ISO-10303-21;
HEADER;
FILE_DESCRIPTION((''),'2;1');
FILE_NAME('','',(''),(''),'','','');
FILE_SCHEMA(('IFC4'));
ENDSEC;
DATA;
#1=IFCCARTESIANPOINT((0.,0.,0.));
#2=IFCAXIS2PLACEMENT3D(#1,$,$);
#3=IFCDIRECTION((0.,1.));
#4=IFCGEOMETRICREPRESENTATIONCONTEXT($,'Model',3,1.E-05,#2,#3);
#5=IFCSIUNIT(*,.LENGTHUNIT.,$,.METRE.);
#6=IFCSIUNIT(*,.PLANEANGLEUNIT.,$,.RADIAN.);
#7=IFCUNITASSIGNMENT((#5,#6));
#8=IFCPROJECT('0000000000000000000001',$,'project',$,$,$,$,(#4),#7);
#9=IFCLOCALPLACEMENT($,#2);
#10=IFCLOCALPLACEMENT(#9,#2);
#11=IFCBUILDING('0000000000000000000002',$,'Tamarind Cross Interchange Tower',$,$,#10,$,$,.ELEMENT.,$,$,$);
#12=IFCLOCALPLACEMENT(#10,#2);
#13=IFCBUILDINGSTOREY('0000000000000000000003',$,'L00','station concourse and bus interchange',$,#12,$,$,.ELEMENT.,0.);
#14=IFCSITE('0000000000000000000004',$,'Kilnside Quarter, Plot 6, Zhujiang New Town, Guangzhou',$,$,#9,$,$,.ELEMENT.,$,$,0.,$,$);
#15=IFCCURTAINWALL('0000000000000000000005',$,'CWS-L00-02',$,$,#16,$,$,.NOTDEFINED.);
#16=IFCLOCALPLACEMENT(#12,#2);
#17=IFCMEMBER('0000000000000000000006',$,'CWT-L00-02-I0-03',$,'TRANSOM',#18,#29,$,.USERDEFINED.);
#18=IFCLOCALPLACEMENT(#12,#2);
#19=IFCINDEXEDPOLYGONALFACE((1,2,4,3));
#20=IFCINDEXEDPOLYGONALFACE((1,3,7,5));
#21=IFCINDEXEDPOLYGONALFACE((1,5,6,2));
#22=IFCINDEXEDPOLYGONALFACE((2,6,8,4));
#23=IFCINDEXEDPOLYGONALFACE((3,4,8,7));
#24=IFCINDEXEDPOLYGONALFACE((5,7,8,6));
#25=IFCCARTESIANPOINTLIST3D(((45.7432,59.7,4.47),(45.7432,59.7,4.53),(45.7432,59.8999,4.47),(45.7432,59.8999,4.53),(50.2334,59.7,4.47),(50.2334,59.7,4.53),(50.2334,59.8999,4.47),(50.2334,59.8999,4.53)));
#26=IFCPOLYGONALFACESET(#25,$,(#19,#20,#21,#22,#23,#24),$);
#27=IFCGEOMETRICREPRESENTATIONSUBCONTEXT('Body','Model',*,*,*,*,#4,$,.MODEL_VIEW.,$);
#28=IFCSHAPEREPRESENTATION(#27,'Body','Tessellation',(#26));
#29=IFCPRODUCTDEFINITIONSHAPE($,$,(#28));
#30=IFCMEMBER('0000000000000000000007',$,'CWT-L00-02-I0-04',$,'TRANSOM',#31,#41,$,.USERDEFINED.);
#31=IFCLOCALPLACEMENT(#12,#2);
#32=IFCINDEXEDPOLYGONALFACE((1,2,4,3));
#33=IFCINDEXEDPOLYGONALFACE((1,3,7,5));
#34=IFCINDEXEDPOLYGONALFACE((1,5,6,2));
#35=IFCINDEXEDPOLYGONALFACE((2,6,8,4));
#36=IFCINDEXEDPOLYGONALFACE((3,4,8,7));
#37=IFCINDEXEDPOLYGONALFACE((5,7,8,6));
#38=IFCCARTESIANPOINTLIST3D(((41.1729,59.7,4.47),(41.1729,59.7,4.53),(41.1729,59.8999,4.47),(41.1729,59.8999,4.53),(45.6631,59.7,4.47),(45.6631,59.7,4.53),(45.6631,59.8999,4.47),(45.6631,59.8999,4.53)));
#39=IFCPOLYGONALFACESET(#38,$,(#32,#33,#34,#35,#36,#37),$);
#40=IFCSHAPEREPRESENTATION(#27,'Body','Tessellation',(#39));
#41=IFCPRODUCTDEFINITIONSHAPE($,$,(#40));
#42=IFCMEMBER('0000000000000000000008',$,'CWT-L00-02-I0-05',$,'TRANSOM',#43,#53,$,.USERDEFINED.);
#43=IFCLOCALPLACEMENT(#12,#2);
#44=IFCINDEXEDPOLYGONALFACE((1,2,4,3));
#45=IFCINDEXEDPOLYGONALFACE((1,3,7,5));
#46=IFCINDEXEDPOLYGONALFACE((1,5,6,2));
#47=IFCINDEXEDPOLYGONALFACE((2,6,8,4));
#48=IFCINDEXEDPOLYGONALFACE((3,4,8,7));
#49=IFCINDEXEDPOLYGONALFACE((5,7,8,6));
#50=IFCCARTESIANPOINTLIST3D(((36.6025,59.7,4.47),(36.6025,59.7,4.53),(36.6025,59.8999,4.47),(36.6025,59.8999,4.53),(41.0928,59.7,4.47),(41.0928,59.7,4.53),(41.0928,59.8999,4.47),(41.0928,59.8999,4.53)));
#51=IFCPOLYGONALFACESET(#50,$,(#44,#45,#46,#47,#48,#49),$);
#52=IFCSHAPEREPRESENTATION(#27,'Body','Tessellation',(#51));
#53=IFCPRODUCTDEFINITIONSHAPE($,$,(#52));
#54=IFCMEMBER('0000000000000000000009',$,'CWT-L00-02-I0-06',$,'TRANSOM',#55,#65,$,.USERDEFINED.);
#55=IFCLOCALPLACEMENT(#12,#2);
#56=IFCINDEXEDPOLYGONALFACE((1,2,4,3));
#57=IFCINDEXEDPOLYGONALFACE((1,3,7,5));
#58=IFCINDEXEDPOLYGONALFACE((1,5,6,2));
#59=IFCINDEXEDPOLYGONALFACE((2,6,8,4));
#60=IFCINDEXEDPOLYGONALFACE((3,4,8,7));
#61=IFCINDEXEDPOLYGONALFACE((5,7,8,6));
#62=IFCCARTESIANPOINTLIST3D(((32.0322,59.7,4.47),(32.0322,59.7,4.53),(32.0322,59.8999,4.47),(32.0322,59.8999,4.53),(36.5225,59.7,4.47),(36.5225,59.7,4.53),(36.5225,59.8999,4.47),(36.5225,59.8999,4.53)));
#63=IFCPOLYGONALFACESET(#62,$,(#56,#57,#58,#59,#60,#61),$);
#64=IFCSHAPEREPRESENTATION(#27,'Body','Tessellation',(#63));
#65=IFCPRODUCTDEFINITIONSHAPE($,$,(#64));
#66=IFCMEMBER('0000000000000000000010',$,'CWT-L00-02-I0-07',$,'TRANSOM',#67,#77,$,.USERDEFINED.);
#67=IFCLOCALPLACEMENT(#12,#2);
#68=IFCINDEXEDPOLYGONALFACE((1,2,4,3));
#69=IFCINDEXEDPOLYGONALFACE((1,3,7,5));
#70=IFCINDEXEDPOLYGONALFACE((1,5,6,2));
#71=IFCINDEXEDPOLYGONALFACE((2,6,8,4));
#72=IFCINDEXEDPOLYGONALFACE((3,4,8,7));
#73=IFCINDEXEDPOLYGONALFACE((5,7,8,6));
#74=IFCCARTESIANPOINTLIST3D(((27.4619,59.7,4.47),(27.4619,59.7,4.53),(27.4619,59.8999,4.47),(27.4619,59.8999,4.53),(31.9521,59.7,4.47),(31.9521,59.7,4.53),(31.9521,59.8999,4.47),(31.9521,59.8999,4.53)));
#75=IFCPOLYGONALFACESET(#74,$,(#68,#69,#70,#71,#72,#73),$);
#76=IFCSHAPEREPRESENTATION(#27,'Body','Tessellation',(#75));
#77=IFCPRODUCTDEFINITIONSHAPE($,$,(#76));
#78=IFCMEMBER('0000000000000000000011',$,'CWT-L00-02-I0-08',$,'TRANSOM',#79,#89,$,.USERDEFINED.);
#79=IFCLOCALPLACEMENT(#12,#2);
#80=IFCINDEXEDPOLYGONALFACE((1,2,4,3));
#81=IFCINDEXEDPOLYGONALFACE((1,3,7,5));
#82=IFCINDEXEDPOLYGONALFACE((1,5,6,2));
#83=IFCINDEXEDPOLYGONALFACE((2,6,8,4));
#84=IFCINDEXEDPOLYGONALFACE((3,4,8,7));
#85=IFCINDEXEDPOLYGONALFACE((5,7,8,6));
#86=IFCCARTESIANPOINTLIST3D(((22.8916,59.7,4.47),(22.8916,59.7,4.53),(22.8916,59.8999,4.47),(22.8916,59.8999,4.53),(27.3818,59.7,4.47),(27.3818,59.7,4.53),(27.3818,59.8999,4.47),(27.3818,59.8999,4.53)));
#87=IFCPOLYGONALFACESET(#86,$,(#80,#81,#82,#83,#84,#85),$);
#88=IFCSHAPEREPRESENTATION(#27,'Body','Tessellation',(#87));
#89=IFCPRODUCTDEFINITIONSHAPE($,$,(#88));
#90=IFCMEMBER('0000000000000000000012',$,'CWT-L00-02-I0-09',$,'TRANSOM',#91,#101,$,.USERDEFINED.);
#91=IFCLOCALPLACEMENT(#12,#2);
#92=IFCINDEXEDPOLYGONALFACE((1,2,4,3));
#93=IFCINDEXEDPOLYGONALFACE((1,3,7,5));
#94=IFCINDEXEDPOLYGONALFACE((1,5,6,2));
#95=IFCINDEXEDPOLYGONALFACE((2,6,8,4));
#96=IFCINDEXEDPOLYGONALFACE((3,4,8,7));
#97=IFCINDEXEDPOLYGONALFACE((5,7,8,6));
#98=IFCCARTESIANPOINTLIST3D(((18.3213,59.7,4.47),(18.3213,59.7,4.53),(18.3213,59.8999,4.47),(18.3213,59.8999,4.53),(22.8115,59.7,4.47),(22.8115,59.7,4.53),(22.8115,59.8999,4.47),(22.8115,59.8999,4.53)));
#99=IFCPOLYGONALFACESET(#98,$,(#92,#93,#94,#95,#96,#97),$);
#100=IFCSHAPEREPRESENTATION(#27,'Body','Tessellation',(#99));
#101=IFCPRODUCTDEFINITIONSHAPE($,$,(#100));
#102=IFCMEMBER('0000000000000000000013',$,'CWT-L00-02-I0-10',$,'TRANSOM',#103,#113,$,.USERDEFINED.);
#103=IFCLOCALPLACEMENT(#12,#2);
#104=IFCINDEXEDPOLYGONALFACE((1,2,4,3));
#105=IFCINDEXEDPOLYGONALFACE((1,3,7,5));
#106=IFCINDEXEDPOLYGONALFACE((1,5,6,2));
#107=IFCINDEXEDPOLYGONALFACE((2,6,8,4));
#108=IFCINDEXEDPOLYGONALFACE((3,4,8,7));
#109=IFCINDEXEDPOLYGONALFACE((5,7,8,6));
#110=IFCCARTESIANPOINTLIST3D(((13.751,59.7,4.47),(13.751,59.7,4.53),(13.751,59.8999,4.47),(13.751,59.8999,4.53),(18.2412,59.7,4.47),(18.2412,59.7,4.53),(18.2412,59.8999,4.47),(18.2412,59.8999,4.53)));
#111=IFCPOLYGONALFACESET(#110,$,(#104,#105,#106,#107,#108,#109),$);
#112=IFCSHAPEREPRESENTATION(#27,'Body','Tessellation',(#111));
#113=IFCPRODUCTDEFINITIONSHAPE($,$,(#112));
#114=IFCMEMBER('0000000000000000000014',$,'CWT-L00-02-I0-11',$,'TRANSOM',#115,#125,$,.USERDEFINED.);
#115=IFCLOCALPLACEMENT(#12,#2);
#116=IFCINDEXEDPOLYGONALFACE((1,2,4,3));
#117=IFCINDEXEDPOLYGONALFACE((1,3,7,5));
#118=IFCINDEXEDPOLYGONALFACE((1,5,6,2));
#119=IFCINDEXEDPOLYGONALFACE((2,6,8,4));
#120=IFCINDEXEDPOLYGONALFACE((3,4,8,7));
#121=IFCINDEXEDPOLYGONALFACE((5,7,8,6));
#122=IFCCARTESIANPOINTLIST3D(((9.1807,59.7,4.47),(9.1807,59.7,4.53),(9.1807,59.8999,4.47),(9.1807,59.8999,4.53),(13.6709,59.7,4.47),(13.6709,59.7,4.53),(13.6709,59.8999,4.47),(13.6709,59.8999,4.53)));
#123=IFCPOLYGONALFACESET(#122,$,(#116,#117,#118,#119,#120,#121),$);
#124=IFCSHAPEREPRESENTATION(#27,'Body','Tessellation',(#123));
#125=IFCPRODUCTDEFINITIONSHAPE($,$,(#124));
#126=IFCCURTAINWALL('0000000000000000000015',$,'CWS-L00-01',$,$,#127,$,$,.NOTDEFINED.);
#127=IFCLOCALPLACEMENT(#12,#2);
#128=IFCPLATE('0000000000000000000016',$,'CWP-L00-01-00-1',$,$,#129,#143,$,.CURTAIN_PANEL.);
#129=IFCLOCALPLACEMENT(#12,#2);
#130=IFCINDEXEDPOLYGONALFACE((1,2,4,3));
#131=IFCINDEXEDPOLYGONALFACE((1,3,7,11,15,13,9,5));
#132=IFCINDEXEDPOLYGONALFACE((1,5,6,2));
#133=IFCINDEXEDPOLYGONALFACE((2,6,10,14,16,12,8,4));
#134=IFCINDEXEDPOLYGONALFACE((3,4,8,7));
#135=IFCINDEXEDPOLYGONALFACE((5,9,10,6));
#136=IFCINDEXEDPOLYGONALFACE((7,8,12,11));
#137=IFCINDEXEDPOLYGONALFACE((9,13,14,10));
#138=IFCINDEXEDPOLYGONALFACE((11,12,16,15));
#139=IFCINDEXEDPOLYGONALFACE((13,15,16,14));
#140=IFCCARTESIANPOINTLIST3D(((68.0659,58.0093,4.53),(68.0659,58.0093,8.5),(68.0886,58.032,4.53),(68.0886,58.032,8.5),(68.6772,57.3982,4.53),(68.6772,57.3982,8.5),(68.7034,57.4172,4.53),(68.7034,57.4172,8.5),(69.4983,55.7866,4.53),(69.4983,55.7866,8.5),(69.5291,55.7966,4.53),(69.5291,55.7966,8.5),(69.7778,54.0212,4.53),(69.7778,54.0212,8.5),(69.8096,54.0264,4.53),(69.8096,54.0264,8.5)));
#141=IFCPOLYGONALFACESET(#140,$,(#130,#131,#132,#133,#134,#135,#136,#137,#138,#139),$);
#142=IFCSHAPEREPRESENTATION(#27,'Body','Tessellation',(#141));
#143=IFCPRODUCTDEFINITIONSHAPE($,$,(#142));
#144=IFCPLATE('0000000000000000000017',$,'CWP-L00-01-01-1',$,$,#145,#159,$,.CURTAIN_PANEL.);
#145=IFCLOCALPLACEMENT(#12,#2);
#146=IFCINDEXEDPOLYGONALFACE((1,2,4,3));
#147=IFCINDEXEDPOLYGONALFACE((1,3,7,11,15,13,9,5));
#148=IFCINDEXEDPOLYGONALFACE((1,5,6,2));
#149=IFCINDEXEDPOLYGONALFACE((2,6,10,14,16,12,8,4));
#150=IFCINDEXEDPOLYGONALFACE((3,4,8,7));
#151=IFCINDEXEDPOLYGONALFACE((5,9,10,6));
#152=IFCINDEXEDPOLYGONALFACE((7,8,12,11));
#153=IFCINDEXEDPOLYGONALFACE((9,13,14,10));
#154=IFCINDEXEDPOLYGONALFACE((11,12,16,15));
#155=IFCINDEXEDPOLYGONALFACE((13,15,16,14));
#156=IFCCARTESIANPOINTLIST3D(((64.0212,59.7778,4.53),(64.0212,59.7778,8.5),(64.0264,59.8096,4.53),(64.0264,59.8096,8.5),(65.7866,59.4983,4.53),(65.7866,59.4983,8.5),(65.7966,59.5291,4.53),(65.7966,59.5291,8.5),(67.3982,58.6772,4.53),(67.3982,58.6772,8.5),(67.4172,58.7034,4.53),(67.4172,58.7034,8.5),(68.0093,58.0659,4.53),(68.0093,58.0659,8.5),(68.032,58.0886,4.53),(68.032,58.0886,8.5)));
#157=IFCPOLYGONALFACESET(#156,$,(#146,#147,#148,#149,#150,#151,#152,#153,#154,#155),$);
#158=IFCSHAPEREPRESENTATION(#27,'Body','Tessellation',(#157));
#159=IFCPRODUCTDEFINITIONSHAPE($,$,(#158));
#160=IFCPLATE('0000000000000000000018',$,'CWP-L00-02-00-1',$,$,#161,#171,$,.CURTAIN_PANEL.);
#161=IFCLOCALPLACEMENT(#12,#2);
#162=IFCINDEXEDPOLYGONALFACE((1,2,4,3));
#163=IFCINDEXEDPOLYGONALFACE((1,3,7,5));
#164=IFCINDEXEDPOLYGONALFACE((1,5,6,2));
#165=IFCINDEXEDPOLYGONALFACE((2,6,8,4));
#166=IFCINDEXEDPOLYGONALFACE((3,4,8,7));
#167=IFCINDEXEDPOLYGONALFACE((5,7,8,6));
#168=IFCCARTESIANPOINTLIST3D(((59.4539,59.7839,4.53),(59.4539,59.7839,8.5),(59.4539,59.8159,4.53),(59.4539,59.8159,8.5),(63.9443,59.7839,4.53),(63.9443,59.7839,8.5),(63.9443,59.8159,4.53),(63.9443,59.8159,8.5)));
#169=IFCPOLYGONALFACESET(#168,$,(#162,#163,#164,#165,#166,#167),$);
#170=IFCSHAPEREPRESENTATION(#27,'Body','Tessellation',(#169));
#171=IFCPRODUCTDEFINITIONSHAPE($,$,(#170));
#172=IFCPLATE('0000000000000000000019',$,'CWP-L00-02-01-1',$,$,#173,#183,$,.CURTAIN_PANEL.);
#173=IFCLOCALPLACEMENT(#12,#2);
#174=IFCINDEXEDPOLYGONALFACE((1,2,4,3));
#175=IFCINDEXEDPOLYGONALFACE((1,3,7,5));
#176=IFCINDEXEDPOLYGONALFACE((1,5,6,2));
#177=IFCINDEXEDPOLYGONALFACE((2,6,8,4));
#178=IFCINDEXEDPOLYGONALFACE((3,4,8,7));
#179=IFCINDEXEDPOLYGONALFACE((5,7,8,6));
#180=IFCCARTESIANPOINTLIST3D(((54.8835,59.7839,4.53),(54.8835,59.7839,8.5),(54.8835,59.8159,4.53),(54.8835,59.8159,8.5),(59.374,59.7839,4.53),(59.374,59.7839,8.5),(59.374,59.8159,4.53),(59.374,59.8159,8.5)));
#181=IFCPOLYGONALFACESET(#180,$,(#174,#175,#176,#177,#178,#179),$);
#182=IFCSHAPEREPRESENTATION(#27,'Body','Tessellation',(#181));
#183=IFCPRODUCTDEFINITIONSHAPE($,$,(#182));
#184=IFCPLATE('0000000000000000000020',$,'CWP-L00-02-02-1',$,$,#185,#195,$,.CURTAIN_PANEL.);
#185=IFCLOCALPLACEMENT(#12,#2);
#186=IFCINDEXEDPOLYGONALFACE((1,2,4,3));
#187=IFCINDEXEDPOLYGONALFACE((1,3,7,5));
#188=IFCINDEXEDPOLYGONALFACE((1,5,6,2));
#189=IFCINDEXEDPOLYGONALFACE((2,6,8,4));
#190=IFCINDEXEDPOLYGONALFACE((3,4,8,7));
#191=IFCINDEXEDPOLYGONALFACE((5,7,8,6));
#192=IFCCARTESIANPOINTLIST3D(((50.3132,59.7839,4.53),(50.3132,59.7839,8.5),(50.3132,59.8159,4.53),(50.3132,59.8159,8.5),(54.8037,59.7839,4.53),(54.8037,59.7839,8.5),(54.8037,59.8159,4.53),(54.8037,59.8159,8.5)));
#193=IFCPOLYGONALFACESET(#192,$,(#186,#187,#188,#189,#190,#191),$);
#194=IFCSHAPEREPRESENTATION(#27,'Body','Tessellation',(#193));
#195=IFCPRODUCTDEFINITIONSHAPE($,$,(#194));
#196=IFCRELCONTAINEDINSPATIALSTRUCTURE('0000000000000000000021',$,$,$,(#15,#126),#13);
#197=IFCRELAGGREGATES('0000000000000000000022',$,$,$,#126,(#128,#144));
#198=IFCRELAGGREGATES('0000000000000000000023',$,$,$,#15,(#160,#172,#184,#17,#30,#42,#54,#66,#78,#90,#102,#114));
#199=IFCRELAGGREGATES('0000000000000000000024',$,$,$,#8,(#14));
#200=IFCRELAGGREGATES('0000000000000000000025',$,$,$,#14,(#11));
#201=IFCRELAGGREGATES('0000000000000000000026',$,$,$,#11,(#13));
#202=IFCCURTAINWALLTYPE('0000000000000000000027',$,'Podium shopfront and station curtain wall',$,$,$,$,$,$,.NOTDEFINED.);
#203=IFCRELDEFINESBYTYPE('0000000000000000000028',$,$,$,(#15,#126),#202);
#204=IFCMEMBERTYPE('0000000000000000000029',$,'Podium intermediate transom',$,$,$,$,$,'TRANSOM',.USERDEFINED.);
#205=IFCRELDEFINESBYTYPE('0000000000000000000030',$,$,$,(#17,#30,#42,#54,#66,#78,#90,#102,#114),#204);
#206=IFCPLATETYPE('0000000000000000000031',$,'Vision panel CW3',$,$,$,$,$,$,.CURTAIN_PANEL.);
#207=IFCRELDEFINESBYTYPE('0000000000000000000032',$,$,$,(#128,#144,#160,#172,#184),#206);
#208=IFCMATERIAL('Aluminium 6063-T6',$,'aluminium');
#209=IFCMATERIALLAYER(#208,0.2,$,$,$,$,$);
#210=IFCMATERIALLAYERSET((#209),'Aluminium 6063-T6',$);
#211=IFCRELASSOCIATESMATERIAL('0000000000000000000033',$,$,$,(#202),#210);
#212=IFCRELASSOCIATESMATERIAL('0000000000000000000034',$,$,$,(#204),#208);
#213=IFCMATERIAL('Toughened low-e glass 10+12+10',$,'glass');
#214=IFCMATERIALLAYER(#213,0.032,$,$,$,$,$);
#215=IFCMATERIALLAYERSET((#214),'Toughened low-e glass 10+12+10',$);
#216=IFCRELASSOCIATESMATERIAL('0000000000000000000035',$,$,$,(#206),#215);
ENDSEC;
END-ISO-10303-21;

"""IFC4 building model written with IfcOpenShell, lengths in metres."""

from ifc_helpers import new_model, si_unit, direction, frame, origin, place, context, subcontext, project, spatial, polyline, outline, extrude, material, layer, layer_set, type_object, element, aggregate, save


model = new_model("IFC4")

# Units and contexts
model_context = context("Model", 3, precision=1e-05, world=origin(), true_north=direction((0.0, 1.0)))
body_context = subcontext(model_context, "Body", "Model", "MODEL_VIEW")
ifc_project = project(units=[si_unit("LENGTHUNIT", "METRE"), si_unit("PLANEANGLEUNIT", "RADIAN")], contexts=[model_context])

# Site, building, storey
site_placement = place(None, origin())
site = spatial("IfcSite", under=ifc_project, at=site_placement, Name="Kilnside Quarter, Plot 6, Zhujiang New Town, Guangzhou", CompositionType="ELEMENT", RefElevation=0.0)
building_placement = place(site_placement, origin())
building = spatial("IfcBuilding", under=site, at=building_placement, Name="Tamarind Cross Interchange Tower", CompositionType="ELEMENT")
storey_placement = place(building_placement, origin())
storey = spatial("IfcBuildingStorey", under=building, at=storey_placement, Name="L00", Description="station concourse and bus interchange", CompositionType="ELEMENT", Elevation=0.0)

# Curtain wall, members
ifc_material_1 = material(Name="Aluminium 6063-T6", Category="aluminium")
ifc_layer_1 = layer(ifc_material_1, 0.2)
ifc_layer_set_1 = layer_set([ifc_layer_1], Name="Aluminium 6063-T6")
curtain_wall_type = type_object("IfcCurtainWallType", Name="Podium shopfront and station curtain wall", PredefinedType="NOTDEFINED", material=ifc_layer_set_1)
curtain_wall_1_placement = place(storey_placement, origin())
curtain_wall_1 = element("IfcCurtainWall", 1, at=curtain_wall_1_placement, inside=storey, type_object=curtain_wall_type, Name="CWS-L00-02", PredefinedType="NOTDEFINED")
member_type = type_object("IfcMemberType", Name="Podium intermediate transom", ElementType="TRANSOM", PredefinedType="USERDEFINED", material=ifc_material_1)
member_1_placement = place(storey_placement, frame((0.0, 0.0, 4.47)))
member_1 = element("IfcMember", 2, at=member_1_placement, type_object=member_type, Name="CWT-L00-02-I0-03", ObjectType="TRANSOM", PredefinedType="USERDEFINED", context=body_context, shape_type="SweptSolid", body=[
    extrude(outline(polyline([(50.2334, 59.7), (45.7432, 59.7), (45.7432, 59.8999), (50.2334, 59.8999), (50.2334, 59.7)])), origin(), (0.0, 0.0, 1.0), 0.0601),
])
member_2_placement = place(storey_placement, frame((0.0, 0.0, 4.47)))
member_2 = element("IfcMember", 3, at=member_2_placement, type_object=member_type, Name="CWT-L00-02-I0-04", ObjectType="TRANSOM", PredefinedType="USERDEFINED", context=body_context, shape_type="SweptSolid", body=[
    extrude(outline(polyline([(45.6631, 59.7), (41.1729, 59.7), (41.1729, 59.8999), (45.6631, 59.8999), (45.6631, 59.7)])), origin(), (0.0, 0.0, 1.0), 0.0601),
])
member_3_placement = place(storey_placement, frame((0.0, 0.0, 4.47)))
member_3 = element("IfcMember", 4, at=member_3_placement, type_object=member_type, Name="CWT-L00-02-I0-05", ObjectType="TRANSOM", PredefinedType="USERDEFINED", context=body_context, shape_type="SweptSolid", body=[
    extrude(outline(polyline([(41.0928, 59.7), (36.6025, 59.7), (36.6025, 59.8999), (41.0928, 59.8999), (41.0928, 59.7)])), origin(), (0.0, 0.0, 1.0), 0.0601),
])
member_4_placement = place(storey_placement, frame((0.0, 0.0, 4.47)))
member_4 = element("IfcMember", 5, at=member_4_placement, type_object=member_type, Name="CWT-L00-02-I0-06", ObjectType="TRANSOM", PredefinedType="USERDEFINED", context=body_context, shape_type="SweptSolid", body=[
    extrude(outline(polyline([(36.5225, 59.7), (32.0322, 59.7), (32.0322, 59.8999), (36.5225, 59.8999), (36.5225, 59.7)])), origin(), (0.0, 0.0, 1.0), 0.0601),
])
member_5_placement = place(storey_placement, frame((0.0, 0.0, 4.47)))
member_5 = element("IfcMember", 6, at=member_5_placement, type_object=member_type, Name="CWT-L00-02-I0-07", ObjectType="TRANSOM", PredefinedType="USERDEFINED", context=body_context, shape_type="SweptSolid", body=[
    extrude(outline(polyline([(31.9521, 59.7), (27.4619, 59.7), (27.4619, 59.8999), (31.9521, 59.8999), (31.9521, 59.7)])), origin(), (0.0, 0.0, 1.0), 0.0601),
])
member_6_placement = place(storey_placement, frame((0.0, 0.0, 4.47)))
member_6 = element("IfcMember", 7, at=member_6_placement, type_object=member_type, Name="CWT-L00-02-I0-08", ObjectType="TRANSOM", PredefinedType="USERDEFINED", context=body_context, shape_type="SweptSolid", body=[
    extrude(outline(polyline([(27.3818, 59.7), (22.8916, 59.7), (22.8916, 59.8999), (27.3818, 59.8999), (27.3818, 59.7)])), origin(), (0.0, 0.0, 1.0), 0.0601),
])
member_7_placement = place(storey_placement, frame((0.0, 0.0, 4.47)))
member_7 = element("IfcMember", 8, at=member_7_placement, type_object=member_type, Name="CWT-L00-02-I0-09", ObjectType="TRANSOM", PredefinedType="USERDEFINED", context=body_context, shape_type="SweptSolid", body=[
    extrude(outline(polyline([(22.8115, 59.7), (18.3213, 59.7), (18.3213, 59.8999), (22.8115, 59.8999), (22.8115, 59.7)])), origin(), (0.0, 0.0, 1.0), 0.0601),
])
member_8_placement = place(storey_placement, frame((0.0, 0.0, 4.47)))
member_8 = element("IfcMember", 9, at=member_8_placement, type_object=member_type, Name="CWT-L00-02-I0-10", ObjectType="TRANSOM", PredefinedType="USERDEFINED", context=body_context, shape_type="SweptSolid", body=[
    extrude(outline(polyline([(18.2412, 59.7), (13.751, 59.7), (13.751, 59.8999), (18.2412, 59.8999), (18.2412, 59.7)])), origin(), (0.0, 0.0, 1.0), 0.0601),
])
member_9_placement = place(storey_placement, frame((0.0, 0.0, 4.47)))
member_9 = element("IfcMember", 10, at=member_9_placement, type_object=member_type, Name="CWT-L00-02-I0-11", ObjectType="TRANSOM", PredefinedType="USERDEFINED", context=body_context, shape_type="SweptSolid", body=[
    extrude(outline(polyline([(13.6709, 59.7), (9.1807, 59.7), (9.1807, 59.8999), (13.6709, 59.8999), (13.6709, 59.7)])), origin(), (0.0, 0.0, 1.0), 0.0601),
])

# Curtain wall, plates
curtain_wall_2_placement = place(storey_placement, origin())
curtain_wall_2 = element("IfcCurtainWall", 11, at=curtain_wall_2_placement, inside=storey, type_object=curtain_wall_type, Name="CWS-L00-01", PredefinedType="NOTDEFINED")
ifc_material_2 = material(Name="Toughened low-e glass 10+12+10", Category="glass")
ifc_layer_2 = layer(ifc_material_2, 0.032)
ifc_layer_set_2 = layer_set([ifc_layer_2], Name="Toughened low-e glass 10+12+10")
plate_type = type_object("IfcPlateType", Name="Vision panel CW3", PredefinedType="CURTAIN_PANEL", material=ifc_layer_set_2)
plate_1_placement = place(storey_placement, frame((0.0, 0.0, 4.53)))
plate_1 = element("IfcPlate", 12, at=plate_1_placement, type_object=plate_type, Name="CWP-L00-01-00-1", PredefinedType="CURTAIN_PANEL", context=body_context, shape_type="SweptSolid", body=[
    extrude(outline(polyline([(69.7778, 54.0212), (69.4983, 55.7866), (68.6772, 57.3982), (68.0659, 58.0093), (68.0886, 58.032), (68.7034, 57.4172), (69.5291, 55.7966), (69.8096, 54.0264), (69.7778, 54.0212)])), origin(), (0.0, 0.0, 1.0), 3.97),
])
plate_2_placement = place(storey_placement, frame((0.0, 0.0, 4.53)))
plate_2 = element("IfcPlate", 13, at=plate_2_placement, type_object=plate_type, Name="CWP-L00-01-01-1", PredefinedType="CURTAIN_PANEL", context=body_context, shape_type="SweptSolid", body=[
    extrude(outline(polyline([(68.0093, 58.0659), (67.3982, 58.6772), (65.7866, 59.4983), (64.0212, 59.7778), (64.0264, 59.8096), (65.7966, 59.5291), (67.4172, 58.7034), (68.032, 58.0886), (68.0093, 58.0659)])), origin(), (0.0, 0.0, 1.0), 3.97),
])
aggregate(curtain_wall_2, [plate_1, plate_2])

# Plates
plate_3_placement = place(storey_placement, frame((0.0, 0.0, 4.53)))
plate_3 = element("IfcPlate", 14, at=plate_3_placement, type_object=plate_type, Name="CWP-L00-02-00-1", PredefinedType="CURTAIN_PANEL", context=body_context, shape_type="SweptSolid", body=[
    extrude(outline(polyline([(63.9443, 59.7839), (59.4539, 59.7839), (59.4539, 59.8159), (63.9443, 59.8159), (63.9443, 59.7839)])), origin(), (0.0, 0.0, 1.0), 3.97),
])
plate_4_placement = place(storey_placement, frame((0.0, 0.0, 4.53)))
plate_4 = element("IfcPlate", 15, at=plate_4_placement, type_object=plate_type, Name="CWP-L00-02-01-1", PredefinedType="CURTAIN_PANEL", context=body_context, shape_type="SweptSolid", body=[
    extrude(outline(polyline([(59.374, 59.7839), (54.8835, 59.7839), (54.8835, 59.8159), (59.374, 59.8159), (59.374, 59.7839)])), origin(), (0.0, 0.0, 1.0), 3.97),
])
plate_5_placement = place(storey_placement, frame((0.0, 0.0, 4.53)))
plate_5 = element("IfcPlate", 16, at=plate_5_placement, type_object=plate_type, Name="CWP-L00-02-02-1", PredefinedType="CURTAIN_PANEL", context=body_context, shape_type="SweptSolid", body=[
    extrude(outline(polyline([(54.8037, 59.7839), (50.3132, 59.7839), (50.3132, 59.8159), (54.8037, 59.8159), (54.8037, 59.7839)])), origin(), (0.0, 0.0, 1.0), 3.97),
])
aggregate(curtain_wall_1, [plate_3, plate_4, plate_5, member_1, member_2, member_3, member_4, member_5, member_6, member_7, member_8, member_9])

save(model, "model.ifc")
